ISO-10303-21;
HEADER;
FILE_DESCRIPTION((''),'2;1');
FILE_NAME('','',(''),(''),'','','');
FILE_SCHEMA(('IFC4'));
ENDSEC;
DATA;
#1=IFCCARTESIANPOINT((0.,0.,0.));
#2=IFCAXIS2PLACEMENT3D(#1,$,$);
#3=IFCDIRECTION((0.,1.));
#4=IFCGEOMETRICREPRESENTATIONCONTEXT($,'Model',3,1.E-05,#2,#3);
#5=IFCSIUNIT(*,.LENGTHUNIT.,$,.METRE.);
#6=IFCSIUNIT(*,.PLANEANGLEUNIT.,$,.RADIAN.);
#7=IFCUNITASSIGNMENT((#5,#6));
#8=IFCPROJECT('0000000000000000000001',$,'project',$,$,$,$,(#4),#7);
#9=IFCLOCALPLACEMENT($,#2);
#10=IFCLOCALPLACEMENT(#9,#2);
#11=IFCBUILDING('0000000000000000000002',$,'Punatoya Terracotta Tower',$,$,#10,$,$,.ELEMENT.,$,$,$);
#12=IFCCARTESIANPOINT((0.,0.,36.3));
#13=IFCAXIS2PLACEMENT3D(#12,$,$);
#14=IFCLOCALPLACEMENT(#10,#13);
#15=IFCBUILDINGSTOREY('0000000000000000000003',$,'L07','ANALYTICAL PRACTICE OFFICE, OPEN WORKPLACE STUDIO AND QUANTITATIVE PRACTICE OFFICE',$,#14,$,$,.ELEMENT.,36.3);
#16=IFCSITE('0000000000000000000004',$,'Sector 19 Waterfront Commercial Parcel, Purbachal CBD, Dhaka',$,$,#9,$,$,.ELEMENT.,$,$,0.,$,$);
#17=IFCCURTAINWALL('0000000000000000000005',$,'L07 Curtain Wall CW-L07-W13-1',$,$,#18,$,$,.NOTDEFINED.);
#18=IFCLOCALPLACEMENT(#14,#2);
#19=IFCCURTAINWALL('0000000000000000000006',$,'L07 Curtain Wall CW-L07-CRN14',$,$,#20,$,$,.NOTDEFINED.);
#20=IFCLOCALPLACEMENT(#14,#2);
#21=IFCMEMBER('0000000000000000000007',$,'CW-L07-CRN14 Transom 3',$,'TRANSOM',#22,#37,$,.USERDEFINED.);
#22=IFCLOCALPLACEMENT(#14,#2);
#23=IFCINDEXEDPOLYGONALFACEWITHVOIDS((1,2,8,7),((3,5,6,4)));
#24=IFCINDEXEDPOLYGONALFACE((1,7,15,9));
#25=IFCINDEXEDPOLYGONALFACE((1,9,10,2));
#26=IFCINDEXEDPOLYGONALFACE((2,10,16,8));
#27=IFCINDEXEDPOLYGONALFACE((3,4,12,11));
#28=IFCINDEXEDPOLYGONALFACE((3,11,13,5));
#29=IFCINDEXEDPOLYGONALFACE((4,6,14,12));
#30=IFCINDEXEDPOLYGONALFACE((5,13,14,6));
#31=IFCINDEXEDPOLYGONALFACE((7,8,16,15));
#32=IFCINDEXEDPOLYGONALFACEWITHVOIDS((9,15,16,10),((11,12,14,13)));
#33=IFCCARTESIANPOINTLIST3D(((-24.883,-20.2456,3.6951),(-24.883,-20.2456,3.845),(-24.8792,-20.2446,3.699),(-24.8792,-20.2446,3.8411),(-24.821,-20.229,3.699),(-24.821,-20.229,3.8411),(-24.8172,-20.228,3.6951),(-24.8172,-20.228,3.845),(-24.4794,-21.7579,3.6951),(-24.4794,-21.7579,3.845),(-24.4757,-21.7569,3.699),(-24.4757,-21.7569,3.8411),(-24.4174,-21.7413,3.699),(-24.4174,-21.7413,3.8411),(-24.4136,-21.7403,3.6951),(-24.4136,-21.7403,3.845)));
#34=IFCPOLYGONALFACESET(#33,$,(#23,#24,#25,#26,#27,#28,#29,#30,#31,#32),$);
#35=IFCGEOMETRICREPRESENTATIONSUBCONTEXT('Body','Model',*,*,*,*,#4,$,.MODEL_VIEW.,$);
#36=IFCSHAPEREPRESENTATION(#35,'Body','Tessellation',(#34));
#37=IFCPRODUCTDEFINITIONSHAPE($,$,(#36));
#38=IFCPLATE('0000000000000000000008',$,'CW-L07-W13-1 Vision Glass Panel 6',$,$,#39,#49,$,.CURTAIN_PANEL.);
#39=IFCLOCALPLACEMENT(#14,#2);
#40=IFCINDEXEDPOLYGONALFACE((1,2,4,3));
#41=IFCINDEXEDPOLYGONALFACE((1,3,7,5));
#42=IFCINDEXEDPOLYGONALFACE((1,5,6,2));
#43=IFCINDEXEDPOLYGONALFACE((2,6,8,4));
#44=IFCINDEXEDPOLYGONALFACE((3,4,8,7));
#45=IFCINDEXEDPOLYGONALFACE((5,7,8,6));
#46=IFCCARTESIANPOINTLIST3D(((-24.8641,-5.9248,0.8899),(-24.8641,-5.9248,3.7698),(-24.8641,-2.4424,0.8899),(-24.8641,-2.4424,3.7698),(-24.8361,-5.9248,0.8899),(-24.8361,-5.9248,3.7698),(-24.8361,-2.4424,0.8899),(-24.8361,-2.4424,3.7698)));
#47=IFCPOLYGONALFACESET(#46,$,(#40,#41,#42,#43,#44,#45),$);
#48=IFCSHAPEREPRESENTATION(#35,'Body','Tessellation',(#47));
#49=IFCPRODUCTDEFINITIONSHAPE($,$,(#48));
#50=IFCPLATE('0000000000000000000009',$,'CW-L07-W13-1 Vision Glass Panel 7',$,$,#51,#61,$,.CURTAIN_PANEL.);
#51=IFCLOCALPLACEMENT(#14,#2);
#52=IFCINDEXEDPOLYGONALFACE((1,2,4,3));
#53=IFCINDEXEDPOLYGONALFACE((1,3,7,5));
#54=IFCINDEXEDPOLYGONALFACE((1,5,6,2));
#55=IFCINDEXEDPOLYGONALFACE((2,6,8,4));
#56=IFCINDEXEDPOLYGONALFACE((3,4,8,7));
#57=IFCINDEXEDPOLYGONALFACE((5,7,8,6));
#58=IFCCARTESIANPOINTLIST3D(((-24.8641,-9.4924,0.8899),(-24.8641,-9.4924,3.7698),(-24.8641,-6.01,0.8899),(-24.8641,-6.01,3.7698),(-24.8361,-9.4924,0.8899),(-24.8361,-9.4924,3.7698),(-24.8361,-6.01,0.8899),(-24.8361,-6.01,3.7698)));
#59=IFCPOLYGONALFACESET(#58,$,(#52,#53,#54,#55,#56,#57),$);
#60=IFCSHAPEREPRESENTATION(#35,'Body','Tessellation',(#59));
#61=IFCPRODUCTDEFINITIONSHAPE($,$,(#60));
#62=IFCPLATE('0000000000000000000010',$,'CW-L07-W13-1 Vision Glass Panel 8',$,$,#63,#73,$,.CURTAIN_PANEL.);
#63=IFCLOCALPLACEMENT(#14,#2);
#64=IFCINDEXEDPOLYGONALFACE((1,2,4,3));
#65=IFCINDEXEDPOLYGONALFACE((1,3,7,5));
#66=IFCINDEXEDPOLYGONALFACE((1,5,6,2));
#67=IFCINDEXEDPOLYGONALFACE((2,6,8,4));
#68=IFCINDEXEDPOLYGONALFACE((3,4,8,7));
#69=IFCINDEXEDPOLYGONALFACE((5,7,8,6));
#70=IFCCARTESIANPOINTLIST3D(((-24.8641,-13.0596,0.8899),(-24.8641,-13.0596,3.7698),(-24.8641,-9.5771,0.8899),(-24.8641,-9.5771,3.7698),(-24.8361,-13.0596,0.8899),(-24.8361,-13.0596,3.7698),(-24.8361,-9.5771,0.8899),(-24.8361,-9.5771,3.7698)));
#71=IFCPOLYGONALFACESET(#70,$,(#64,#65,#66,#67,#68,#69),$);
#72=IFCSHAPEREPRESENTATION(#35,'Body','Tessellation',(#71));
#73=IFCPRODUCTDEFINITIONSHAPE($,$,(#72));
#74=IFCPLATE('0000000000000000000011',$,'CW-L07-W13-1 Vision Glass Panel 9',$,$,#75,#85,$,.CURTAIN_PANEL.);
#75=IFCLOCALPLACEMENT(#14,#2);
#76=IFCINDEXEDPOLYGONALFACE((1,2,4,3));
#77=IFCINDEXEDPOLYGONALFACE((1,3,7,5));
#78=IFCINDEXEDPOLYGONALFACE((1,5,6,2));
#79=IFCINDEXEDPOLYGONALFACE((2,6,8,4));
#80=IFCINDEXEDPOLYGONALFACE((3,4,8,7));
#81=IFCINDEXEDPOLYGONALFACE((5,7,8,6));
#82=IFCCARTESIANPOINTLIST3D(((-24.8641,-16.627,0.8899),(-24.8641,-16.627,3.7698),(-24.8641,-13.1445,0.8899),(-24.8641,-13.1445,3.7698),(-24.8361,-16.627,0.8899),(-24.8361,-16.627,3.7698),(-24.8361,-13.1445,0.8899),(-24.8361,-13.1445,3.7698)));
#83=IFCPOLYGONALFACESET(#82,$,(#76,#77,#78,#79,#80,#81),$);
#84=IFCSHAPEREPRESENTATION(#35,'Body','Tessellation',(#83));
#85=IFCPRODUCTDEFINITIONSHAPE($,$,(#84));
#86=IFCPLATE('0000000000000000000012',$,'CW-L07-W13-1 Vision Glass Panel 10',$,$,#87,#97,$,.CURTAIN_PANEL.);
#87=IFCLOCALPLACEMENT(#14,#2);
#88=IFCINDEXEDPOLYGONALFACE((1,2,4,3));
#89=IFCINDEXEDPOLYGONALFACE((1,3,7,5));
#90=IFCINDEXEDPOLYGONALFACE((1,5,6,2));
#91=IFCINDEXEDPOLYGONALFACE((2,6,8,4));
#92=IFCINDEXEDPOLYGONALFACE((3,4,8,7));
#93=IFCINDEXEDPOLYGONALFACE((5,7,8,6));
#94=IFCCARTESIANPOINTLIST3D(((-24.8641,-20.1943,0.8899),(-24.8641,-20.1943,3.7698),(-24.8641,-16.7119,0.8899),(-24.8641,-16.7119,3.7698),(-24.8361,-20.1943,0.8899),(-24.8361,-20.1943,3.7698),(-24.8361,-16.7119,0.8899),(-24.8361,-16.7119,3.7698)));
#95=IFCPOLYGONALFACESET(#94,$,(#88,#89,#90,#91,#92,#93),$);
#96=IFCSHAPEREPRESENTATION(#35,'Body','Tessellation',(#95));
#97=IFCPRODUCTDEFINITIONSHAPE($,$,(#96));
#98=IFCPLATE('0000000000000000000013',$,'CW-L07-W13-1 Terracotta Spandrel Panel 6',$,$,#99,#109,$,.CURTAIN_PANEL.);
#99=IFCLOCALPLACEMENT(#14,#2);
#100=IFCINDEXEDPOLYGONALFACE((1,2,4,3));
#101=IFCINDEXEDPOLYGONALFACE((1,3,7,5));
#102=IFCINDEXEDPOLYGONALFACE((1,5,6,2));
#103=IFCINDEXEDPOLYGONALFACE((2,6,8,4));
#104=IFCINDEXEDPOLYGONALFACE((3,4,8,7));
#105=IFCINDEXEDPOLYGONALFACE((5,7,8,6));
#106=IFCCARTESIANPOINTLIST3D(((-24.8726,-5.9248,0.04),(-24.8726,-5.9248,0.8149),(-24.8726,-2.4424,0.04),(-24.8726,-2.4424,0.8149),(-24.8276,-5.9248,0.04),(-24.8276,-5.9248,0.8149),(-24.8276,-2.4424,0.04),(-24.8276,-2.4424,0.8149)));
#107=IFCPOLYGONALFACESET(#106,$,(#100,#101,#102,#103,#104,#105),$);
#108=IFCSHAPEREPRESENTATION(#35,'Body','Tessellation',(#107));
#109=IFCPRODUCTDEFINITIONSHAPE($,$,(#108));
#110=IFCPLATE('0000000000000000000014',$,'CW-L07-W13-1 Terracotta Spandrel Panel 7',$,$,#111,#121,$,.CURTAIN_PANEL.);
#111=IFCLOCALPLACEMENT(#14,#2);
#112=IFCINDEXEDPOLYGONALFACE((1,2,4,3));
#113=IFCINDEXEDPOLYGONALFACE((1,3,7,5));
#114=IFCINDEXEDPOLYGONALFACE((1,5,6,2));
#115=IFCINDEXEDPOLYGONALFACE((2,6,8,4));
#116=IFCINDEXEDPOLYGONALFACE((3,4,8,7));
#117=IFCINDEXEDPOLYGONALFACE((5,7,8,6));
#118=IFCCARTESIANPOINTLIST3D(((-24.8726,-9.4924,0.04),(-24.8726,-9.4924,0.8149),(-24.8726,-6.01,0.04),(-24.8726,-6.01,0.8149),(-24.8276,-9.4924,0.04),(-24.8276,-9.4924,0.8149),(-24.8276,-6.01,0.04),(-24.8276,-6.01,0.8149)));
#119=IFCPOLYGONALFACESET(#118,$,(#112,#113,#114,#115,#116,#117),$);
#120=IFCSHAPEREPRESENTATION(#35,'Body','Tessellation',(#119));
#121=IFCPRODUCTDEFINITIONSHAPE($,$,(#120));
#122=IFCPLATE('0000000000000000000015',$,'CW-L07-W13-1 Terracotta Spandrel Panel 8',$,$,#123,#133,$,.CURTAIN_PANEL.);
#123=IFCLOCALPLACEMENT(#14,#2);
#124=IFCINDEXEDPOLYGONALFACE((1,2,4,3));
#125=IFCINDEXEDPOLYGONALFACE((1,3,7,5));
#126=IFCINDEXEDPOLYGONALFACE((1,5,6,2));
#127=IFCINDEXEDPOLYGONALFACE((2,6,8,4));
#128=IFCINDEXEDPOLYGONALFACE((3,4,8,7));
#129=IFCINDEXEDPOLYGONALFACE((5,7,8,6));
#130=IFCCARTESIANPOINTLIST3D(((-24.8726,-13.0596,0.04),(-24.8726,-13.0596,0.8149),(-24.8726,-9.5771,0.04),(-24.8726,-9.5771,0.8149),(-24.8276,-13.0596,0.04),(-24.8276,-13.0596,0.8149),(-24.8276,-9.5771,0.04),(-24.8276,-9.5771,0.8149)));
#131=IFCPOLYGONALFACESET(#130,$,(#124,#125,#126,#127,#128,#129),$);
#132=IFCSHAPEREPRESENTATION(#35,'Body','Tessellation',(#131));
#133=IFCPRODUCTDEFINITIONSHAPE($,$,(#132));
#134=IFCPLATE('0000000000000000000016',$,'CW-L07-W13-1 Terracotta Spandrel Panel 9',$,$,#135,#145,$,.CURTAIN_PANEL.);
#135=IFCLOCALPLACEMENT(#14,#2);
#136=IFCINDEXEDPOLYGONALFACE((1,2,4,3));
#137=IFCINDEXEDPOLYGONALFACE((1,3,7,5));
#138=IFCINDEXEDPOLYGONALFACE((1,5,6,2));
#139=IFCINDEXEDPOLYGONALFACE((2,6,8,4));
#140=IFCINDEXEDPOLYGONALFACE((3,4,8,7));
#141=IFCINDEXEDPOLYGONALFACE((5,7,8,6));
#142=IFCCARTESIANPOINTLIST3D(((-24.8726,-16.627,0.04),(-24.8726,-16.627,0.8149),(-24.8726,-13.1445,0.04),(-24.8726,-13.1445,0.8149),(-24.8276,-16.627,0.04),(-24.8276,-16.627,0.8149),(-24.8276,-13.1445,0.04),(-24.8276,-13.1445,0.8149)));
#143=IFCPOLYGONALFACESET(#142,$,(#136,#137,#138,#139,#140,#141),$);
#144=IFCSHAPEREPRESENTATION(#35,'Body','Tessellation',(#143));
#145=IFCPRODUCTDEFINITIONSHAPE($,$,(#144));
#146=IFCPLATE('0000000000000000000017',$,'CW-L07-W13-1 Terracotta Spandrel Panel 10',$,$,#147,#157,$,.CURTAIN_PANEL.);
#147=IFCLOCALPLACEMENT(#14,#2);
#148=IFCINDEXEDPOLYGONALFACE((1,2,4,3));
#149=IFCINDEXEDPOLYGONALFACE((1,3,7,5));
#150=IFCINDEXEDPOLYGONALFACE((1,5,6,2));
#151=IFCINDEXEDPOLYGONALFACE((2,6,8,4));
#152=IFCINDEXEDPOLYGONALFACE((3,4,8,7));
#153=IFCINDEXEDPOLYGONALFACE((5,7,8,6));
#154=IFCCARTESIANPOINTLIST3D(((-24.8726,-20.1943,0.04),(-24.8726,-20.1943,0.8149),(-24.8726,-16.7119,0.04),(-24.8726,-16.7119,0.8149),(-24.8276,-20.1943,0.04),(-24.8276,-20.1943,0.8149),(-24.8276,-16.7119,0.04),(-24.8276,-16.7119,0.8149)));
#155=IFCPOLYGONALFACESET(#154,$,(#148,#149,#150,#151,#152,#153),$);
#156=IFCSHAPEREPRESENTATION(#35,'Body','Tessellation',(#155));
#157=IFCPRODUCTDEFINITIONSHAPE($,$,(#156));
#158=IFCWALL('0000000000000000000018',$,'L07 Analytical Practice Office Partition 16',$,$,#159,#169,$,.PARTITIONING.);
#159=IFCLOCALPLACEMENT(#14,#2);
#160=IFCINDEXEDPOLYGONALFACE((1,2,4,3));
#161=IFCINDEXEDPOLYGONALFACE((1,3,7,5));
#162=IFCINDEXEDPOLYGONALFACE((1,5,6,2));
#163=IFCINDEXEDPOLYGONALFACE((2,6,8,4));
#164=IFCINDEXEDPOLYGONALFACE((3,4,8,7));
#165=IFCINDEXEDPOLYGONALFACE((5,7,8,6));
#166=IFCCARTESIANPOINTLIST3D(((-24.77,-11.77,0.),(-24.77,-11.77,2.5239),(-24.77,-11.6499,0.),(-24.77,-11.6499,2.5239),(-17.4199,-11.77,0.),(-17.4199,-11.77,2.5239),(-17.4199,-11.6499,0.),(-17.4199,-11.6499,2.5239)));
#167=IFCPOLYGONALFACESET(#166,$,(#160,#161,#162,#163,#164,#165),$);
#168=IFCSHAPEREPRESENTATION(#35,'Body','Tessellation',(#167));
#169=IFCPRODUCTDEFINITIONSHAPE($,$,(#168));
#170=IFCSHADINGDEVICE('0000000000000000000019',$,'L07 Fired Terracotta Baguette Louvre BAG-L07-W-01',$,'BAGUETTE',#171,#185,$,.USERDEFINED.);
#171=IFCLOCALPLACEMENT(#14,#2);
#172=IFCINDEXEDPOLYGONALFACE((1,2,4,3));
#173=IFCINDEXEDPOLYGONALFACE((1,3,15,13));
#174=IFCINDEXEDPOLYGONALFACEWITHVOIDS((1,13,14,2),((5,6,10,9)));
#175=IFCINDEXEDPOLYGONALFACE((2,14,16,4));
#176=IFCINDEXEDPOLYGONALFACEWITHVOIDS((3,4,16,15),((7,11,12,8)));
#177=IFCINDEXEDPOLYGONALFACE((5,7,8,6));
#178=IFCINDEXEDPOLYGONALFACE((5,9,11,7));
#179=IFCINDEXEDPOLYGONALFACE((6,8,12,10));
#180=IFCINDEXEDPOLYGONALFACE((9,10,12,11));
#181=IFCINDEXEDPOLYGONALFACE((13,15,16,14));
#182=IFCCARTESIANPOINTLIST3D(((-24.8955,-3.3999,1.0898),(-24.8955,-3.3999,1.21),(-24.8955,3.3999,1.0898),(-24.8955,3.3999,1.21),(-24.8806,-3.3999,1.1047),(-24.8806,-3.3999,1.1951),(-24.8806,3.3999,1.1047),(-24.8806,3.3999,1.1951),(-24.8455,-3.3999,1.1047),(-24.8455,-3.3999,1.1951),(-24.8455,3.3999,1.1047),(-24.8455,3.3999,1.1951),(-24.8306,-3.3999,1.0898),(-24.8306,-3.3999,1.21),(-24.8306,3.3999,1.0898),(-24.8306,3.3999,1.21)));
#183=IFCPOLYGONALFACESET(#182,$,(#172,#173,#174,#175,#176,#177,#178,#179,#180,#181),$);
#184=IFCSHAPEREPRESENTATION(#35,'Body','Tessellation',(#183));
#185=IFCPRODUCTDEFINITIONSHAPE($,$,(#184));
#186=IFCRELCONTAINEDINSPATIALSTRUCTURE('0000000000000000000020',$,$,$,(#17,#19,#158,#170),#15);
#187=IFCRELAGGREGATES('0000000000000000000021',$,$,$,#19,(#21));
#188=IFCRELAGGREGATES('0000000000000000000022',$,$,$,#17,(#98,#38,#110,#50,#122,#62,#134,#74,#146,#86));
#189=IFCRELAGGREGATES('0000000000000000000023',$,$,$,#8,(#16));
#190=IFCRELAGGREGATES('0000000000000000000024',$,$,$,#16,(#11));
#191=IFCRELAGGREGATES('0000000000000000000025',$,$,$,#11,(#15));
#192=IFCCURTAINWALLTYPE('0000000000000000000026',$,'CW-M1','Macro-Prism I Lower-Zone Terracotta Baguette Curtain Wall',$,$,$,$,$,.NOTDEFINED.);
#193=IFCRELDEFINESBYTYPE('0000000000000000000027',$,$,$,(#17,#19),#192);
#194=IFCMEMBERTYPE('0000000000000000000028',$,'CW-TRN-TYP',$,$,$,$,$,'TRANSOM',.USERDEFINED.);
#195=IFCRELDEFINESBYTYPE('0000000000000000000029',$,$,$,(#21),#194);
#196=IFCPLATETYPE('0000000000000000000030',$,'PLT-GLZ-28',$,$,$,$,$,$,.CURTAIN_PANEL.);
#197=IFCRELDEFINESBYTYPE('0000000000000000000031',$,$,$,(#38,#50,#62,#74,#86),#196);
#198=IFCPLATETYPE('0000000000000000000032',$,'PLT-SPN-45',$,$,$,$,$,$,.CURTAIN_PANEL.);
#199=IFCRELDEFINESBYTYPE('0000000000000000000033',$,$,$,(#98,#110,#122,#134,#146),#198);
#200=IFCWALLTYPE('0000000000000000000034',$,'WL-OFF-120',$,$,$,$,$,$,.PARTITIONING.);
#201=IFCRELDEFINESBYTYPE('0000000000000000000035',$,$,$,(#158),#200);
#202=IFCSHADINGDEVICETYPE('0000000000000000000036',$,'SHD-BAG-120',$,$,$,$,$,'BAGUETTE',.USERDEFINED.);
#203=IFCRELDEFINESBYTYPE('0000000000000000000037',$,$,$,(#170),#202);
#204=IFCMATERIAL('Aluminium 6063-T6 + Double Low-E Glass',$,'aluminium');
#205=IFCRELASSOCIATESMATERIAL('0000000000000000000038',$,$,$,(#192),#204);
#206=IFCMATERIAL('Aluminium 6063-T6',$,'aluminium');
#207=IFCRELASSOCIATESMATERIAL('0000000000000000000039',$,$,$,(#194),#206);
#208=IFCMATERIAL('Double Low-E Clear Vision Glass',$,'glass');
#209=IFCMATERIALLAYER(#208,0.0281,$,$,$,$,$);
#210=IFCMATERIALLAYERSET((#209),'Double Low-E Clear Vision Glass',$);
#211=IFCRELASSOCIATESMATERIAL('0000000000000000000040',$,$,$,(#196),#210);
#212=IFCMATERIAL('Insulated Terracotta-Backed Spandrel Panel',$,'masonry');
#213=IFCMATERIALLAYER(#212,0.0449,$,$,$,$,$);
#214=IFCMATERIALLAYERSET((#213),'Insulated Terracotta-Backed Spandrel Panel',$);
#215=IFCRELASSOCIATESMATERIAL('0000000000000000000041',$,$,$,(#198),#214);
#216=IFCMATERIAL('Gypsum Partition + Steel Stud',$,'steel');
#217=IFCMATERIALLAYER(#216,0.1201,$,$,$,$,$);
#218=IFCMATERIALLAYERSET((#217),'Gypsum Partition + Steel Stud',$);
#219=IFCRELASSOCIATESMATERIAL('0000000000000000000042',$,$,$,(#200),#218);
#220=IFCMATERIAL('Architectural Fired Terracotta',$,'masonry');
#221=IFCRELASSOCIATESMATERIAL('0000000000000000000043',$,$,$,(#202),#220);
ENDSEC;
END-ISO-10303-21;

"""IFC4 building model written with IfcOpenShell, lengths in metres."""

from ifc_helpers import new_model, si_unit, direction, frame, frame_2d, origin, origin_2d, place, context, subcontext, project, spatial, rectangle, hollow_rectangle, extrude, material, layer, layer_set, material_profile, profile_set, type_object, element, aggregate, save


model = new_model("IFC4")

# Units and contexts
model_context = context("Model", 3, precision=1e-05, world=origin(), true_north=direction((0.0, 1.0)))
body_context = subcontext(model_context, "Body", "Model", "MODEL_VIEW")
ifc_project = project(units=[si_unit("LENGTHUNIT", "METRE"), si_unit("PLANEANGLEUNIT", "RADIAN")], contexts=[model_context])

# Site, building, storey
site_placement = place(None, origin())
site = spatial("IfcSite", under=ifc_project, at=site_placement, Name="Sector 19 Waterfront Commercial Parcel, Purbachal CBD, Dhaka", CompositionType="ELEMENT", RefElevation=0.0)
building_placement = place(site_placement, origin())
building = spatial("IfcBuilding", under=site, at=building_placement, Name="Punatoya Terracotta Tower", CompositionType="ELEMENT")
storey_placement = place(building_placement, frame((0.0, 0.0, 36.3)))
storey = spatial("IfcBuildingStorey", under=building, at=storey_placement, Name="L07", Description="ANALYTICAL PRACTICE OFFICE, OPEN WORKPLACE STUDIO AND QUANTITATIVE PRACTICE OFFICE", CompositionType="ELEMENT", Elevation=36.3)

# Curtain wall
ifc_material_1 = material(Name="Aluminium 6063-T6 + Double Low-E Glass", Category="aluminium")
curtain_wall_type = type_object("IfcCurtainWallType", Name="CW-M1", Description="Macro-Prism I Lower-Zone Terracotta Baguette Curtain Wall", PredefinedType="NOTDEFINED", material=ifc_material_1)
curtain_wall_1_placement = place(storey_placement, origin())
curtain_wall_1 = element("IfcCurtainWall", 1, at=curtain_wall_1_placement, inside=storey, type_object=curtain_wall_type, Name="L07 Curtain Wall CW-L07-W13-1", PredefinedType="NOTDEFINED")
ifc_material_2 = material(Name="Aluminium 6063-T6", Category="aluminium")

# Curtain wall, member
curtain_wall_2_placement = place(storey_placement, origin())
curtain_wall_2 = element("IfcCurtainWall", 2, at=curtain_wall_2_placement, inside=storey, type_object=curtain_wall_type, Name="L07 Curtain Wall CW-L07-CRN14", PredefinedType="NOTDEFINED")
ifc_material_profile_1 = material_profile(ifc_material_2, hollow_rectangle(XDim=0.0681, YDim=0.1499, WallThickness=0.0039, at=origin_2d()))
ifc_profile_set_1 = profile_set([ifc_material_profile_1], Name="Aluminium 6063-T6")
member_type_1 = type_object("IfcMemberType", Name="CW-TRN-TYP", ElementType="TRANSOM", PredefinedType="USERDEFINED", material=ifc_profile_set_1)
member_1_placement = place(storey_placement, frame((-24.8501, -20.2368, 3.77), z_axis=(0.257847, -0.966186, 0.0), x_axis=(0.966186, 0.257847, 0.0)))
member_1 = element("IfcMember", 3, at=member_1_placement, type_object=member_type_1, Name="CW-L07-CRN14 Transom 3", ObjectType="TRANSOM", PredefinedType="USERDEFINED", context=body_context, shape_type="SweptSolid", body=[
    extrude(hollow_rectangle(XDim=0.0681, YDim=0.1499, WallThickness=0.0039, at=origin_2d()), origin(), (0.0, 0.0, 1.0), 1.5652),
])
aggregate(curtain_wall_2, [member_1])

# Plates
ifc_material_3 = material(Name="Double Low-E Clear Vision Glass", Category="glass")
ifc_layer_1 = layer(ifc_material_3, 0.0281)
ifc_layer_set_1 = layer_set([ifc_layer_1], Name="Double Low-E Clear Vision Glass")
plate_type_1 = type_object("IfcPlateType", Name="PLT-GLZ-28", PredefinedType="CURTAIN_PANEL", material=ifc_layer_set_1)
plate_1_placement = place(storey_placement, frame((-24.8501, -4.1836, 0.8899), z_axis=(0.0, 0.0, 1.0), x_axis=(0.0, -1.0, 0.0)))
plate_1 = element("IfcPlate", 4, at=plate_1_placement, type_object=plate_type_1, Name="CW-L07-W13-1 Vision Glass Panel 6", PredefinedType="CURTAIN_PANEL", context=body_context, shape_type="SweptSolid", body=[
    extrude(rectangle(XDim=3.4824, YDim=0.0281, at=origin_2d()), origin(), (0.0, 0.0, 1.0), 2.8799),
])
plate_2_placement = place(storey_placement, frame((-24.8501, -7.7512, 0.8899), z_axis=(0.0, 0.0, 1.0), x_axis=(0.0, -1.0, 0.0)))
plate_2 = element("IfcPlate", 5, at=plate_2_placement, type_object=plate_type_1, Name="CW-L07-W13-1 Vision Glass Panel 7", PredefinedType="CURTAIN_PANEL", context=body_context, shape_type="SweptSolid", body=[
    extrude(rectangle(XDim=3.4824, YDim=0.0281, at=origin_2d()), origin(), (0.0, 0.0, 1.0), 2.8799),
])
plate_3_placement = place(storey_placement, frame((-24.8501, -11.3184, 0.8899), z_axis=(0.0, 0.0, 1.0), x_axis=(0.0, -1.0, 0.0)))
plate_3 = element("IfcPlate", 6, at=plate_3_placement, type_object=plate_type_1, Name="CW-L07-W13-1 Vision Glass Panel 8", PredefinedType="CURTAIN_PANEL", context=body_context, shape_type="SweptSolid", body=[
    extrude(rectangle(XDim=3.4824, YDim=0.0281, at=origin_2d()), origin(), (0.0, 0.0, 1.0), 2.8799),
])
plate_4_placement = place(storey_placement, frame((-24.8501, -14.8857, 0.8899), z_axis=(0.0, 0.0, 1.0), x_axis=(0.0, -1.0, 0.0)))
plate_4 = element("IfcPlate", 7, at=plate_4_placement, type_object=plate_type_1, Name="CW-L07-W13-1 Vision Glass Panel 9", PredefinedType="CURTAIN_PANEL", context=body_context, shape_type="SweptSolid", body=[
    extrude(rectangle(XDim=3.4824, YDim=0.0281, at=origin_2d()), origin(), (0.0, 0.0, 1.0), 2.8799),
])
plate_5_placement = place(storey_placement, frame((-24.8501, -18.4531, 0.8899), z_axis=(0.0, 0.0, 1.0), x_axis=(0.0, -1.0, 0.0)))
plate_5 = element("IfcPlate", 8, at=plate_5_placement, type_object=plate_type_1, Name="CW-L07-W13-1 Vision Glass Panel 10", PredefinedType="CURTAIN_PANEL", context=body_context, shape_type="SweptSolid", body=[
    extrude(rectangle(XDim=3.4824, YDim=0.0281, at=origin_2d()), origin(), (0.0, 0.0, 1.0), 2.8799),
])
ifc_material_4 = material(Name="Insulated Terracotta-Backed Spandrel Panel", Category="masonry")
ifc_layer_2 = layer(ifc_material_4, 0.0449)
ifc_layer_set_2 = layer_set([ifc_layer_2], Name="Insulated Terracotta-Backed Spandrel Panel")
plate_type_2 = type_object("IfcPlateType", Name="PLT-SPN-45", PredefinedType="CURTAIN_PANEL", material=ifc_layer_set_2)
plate_6_placement = place(storey_placement, frame((-24.8501, -4.1836, 0.04), z_axis=(0.0, 0.0, 1.0), x_axis=(0.0, -1.0, 0.0)))
plate_6 = element("IfcPlate", 9, at=plate_6_placement, type_object=plate_type_2, Name="CW-L07-W13-1 Terracotta Spandrel Panel 6", PredefinedType="CURTAIN_PANEL", context=body_context, shape_type="SweptSolid", body=[
    extrude(rectangle(XDim=3.4824, YDim=0.0449, at=origin_2d()), origin(), (0.0, 0.0, 1.0), 0.7749),
])
plate_7_placement = place(storey_placement, frame((-24.8501, -7.7512, 0.04), z_axis=(0.0, 0.0, 1.0), x_axis=(0.0, -1.0, 0.0)))
plate_7 = element("IfcPlate", 10, at=plate_7_placement, type_object=plate_type_2, Name="CW-L07-W13-1 Terracotta Spandrel Panel 7", PredefinedType="CURTAIN_PANEL", context=body_context, shape_type="SweptSolid", body=[
    extrude(rectangle(XDim=3.4824, YDim=0.0449, at=origin_2d()), origin(), (0.0, 0.0, 1.0), 0.7749),
])
plate_8_placement = place(storey_placement, frame((-24.8501, -11.3184, 0.04), z_axis=(0.0, 0.0, 1.0), x_axis=(0.0, -1.0, 0.0)))
plate_8 = element("IfcPlate", 11, at=plate_8_placement, type_object=plate_type_2, Name="CW-L07-W13-1 Terracotta Spandrel Panel 8", PredefinedType="CURTAIN_PANEL", context=body_context, shape_type="SweptSolid", body=[
    extrude(rectangle(XDim=3.4824, YDim=0.0449, at=origin_2d()), origin(), (0.0, 0.0, 1.0), 0.7749),
])
plate_9_placement = place(storey_placement, frame((-24.8501, -14.8857, 0.04), z_axis=(0.0, 0.0, 1.0), x_axis=(0.0, -1.0, 0.0)))
plate_9 = element("IfcPlate", 12, at=plate_9_placement, type_object=plate_type_2, Name="CW-L07-W13-1 Terracotta Spandrel Panel 9", PredefinedType="CURTAIN_PANEL", context=body_context, shape_type="SweptSolid", body=[
    extrude(rectangle(XDim=3.4824, YDim=0.0449, at=origin_2d()), origin(), (0.0, 0.0, 1.0), 0.7749),
])
plate_10_placement = place(storey_placement, frame((-24.8501, -18.4531, 0.04), z_axis=(0.0, 0.0, 1.0), x_axis=(0.0, -1.0, 0.0)))
plate_10 = element("IfcPlate", 13, at=plate_10_placement, type_object=plate_type_2, Name="CW-L07-W13-1 Terracotta Spandrel Panel 10", PredefinedType="CURTAIN_PANEL", context=body_context, shape_type="SweptSolid", body=[
    extrude(rectangle(XDim=3.4824, YDim=0.0449, at=origin_2d()), origin(), (0.0, 0.0, 1.0), 0.7749),
])
aggregate(curtain_wall_1, [plate_6, plate_1, plate_7, plate_2, plate_8, plate_3, plate_9, plate_4, plate_10, plate_5])

# Wall
ifc_material_5 = material(Name="Gypsum Partition + Steel Stud", Category="steel")
ifc_layer_3 = layer(ifc_material_5, 0.1201)
ifc_layer_set_3 = layer_set([ifc_layer_3], Name="Gypsum Partition + Steel Stud")
wall_type = type_object("IfcWallType", Name="WL-OFF-120", PredefinedType="PARTITIONING", material=ifc_layer_set_3)
wall_placement = place(storey_placement, frame((-24.77, -11.71, 0.0), z_axis=(0.0, 0.0, 1.0), x_axis=(1.0, 0.0, 0.0)))
element("IfcWall", 14, at=wall_placement, inside=storey, type_object=wall_type, Name="L07 Analytical Practice Office Partition 16", PredefinedType="PARTITIONING", context=body_context, shape_type="SweptSolid", body=[
    extrude(rectangle(XDim=7.3501, YDim=0.1201, at=frame_2d((3.675, 0.0))), origin(), (0.0, 0.0, 1.0), 2.5239),
])

# Shading device
ifc_material_6 = material(Name="Architectural Fired Terracotta", Category="masonry")
ifc_material_profile_2 = material_profile(ifc_material_6, hollow_rectangle(XDim=0.0649, YDim=0.1201, WallThickness=0.0149, at=origin_2d()))
ifc_profile_set_2 = profile_set([ifc_material_profile_2], Name="Architectural Fired Terracotta")
shading_device_type = type_object("IfcShadingDeviceType", Name="SHD-BAG-120", ElementType="BAGUETTE", PredefinedType="USERDEFINED", material=ifc_profile_set_2)
for number, where, z_axis, x_axis, name in (
    (15, (-24.863, -3.3999, 1.1499), (0.0, 1.0, 0.0), (-1.0, 0.0, 0.0), "L07 Fired Terracotta Baguette Louvre BAG-L07-W-01"),
):
    element("IfcShadingDevice", number, at=place(storey_placement, frame(where, z_axis=z_axis, x_axis=x_axis)), inside=storey, type_object=shading_device_type, Name=name, ObjectType="BAGUETTE", PredefinedType="USERDEFINED", context=body_context, shape_type="SweptSolid", body=[
        extrude(hollow_rectangle(XDim=0.0649, YDim=0.1201, WallThickness=0.0149, at=origin_2d()), origin(), (0.0, 0.0, 1.0), 6.7998),
    ])

save(model, "model.ifc")
